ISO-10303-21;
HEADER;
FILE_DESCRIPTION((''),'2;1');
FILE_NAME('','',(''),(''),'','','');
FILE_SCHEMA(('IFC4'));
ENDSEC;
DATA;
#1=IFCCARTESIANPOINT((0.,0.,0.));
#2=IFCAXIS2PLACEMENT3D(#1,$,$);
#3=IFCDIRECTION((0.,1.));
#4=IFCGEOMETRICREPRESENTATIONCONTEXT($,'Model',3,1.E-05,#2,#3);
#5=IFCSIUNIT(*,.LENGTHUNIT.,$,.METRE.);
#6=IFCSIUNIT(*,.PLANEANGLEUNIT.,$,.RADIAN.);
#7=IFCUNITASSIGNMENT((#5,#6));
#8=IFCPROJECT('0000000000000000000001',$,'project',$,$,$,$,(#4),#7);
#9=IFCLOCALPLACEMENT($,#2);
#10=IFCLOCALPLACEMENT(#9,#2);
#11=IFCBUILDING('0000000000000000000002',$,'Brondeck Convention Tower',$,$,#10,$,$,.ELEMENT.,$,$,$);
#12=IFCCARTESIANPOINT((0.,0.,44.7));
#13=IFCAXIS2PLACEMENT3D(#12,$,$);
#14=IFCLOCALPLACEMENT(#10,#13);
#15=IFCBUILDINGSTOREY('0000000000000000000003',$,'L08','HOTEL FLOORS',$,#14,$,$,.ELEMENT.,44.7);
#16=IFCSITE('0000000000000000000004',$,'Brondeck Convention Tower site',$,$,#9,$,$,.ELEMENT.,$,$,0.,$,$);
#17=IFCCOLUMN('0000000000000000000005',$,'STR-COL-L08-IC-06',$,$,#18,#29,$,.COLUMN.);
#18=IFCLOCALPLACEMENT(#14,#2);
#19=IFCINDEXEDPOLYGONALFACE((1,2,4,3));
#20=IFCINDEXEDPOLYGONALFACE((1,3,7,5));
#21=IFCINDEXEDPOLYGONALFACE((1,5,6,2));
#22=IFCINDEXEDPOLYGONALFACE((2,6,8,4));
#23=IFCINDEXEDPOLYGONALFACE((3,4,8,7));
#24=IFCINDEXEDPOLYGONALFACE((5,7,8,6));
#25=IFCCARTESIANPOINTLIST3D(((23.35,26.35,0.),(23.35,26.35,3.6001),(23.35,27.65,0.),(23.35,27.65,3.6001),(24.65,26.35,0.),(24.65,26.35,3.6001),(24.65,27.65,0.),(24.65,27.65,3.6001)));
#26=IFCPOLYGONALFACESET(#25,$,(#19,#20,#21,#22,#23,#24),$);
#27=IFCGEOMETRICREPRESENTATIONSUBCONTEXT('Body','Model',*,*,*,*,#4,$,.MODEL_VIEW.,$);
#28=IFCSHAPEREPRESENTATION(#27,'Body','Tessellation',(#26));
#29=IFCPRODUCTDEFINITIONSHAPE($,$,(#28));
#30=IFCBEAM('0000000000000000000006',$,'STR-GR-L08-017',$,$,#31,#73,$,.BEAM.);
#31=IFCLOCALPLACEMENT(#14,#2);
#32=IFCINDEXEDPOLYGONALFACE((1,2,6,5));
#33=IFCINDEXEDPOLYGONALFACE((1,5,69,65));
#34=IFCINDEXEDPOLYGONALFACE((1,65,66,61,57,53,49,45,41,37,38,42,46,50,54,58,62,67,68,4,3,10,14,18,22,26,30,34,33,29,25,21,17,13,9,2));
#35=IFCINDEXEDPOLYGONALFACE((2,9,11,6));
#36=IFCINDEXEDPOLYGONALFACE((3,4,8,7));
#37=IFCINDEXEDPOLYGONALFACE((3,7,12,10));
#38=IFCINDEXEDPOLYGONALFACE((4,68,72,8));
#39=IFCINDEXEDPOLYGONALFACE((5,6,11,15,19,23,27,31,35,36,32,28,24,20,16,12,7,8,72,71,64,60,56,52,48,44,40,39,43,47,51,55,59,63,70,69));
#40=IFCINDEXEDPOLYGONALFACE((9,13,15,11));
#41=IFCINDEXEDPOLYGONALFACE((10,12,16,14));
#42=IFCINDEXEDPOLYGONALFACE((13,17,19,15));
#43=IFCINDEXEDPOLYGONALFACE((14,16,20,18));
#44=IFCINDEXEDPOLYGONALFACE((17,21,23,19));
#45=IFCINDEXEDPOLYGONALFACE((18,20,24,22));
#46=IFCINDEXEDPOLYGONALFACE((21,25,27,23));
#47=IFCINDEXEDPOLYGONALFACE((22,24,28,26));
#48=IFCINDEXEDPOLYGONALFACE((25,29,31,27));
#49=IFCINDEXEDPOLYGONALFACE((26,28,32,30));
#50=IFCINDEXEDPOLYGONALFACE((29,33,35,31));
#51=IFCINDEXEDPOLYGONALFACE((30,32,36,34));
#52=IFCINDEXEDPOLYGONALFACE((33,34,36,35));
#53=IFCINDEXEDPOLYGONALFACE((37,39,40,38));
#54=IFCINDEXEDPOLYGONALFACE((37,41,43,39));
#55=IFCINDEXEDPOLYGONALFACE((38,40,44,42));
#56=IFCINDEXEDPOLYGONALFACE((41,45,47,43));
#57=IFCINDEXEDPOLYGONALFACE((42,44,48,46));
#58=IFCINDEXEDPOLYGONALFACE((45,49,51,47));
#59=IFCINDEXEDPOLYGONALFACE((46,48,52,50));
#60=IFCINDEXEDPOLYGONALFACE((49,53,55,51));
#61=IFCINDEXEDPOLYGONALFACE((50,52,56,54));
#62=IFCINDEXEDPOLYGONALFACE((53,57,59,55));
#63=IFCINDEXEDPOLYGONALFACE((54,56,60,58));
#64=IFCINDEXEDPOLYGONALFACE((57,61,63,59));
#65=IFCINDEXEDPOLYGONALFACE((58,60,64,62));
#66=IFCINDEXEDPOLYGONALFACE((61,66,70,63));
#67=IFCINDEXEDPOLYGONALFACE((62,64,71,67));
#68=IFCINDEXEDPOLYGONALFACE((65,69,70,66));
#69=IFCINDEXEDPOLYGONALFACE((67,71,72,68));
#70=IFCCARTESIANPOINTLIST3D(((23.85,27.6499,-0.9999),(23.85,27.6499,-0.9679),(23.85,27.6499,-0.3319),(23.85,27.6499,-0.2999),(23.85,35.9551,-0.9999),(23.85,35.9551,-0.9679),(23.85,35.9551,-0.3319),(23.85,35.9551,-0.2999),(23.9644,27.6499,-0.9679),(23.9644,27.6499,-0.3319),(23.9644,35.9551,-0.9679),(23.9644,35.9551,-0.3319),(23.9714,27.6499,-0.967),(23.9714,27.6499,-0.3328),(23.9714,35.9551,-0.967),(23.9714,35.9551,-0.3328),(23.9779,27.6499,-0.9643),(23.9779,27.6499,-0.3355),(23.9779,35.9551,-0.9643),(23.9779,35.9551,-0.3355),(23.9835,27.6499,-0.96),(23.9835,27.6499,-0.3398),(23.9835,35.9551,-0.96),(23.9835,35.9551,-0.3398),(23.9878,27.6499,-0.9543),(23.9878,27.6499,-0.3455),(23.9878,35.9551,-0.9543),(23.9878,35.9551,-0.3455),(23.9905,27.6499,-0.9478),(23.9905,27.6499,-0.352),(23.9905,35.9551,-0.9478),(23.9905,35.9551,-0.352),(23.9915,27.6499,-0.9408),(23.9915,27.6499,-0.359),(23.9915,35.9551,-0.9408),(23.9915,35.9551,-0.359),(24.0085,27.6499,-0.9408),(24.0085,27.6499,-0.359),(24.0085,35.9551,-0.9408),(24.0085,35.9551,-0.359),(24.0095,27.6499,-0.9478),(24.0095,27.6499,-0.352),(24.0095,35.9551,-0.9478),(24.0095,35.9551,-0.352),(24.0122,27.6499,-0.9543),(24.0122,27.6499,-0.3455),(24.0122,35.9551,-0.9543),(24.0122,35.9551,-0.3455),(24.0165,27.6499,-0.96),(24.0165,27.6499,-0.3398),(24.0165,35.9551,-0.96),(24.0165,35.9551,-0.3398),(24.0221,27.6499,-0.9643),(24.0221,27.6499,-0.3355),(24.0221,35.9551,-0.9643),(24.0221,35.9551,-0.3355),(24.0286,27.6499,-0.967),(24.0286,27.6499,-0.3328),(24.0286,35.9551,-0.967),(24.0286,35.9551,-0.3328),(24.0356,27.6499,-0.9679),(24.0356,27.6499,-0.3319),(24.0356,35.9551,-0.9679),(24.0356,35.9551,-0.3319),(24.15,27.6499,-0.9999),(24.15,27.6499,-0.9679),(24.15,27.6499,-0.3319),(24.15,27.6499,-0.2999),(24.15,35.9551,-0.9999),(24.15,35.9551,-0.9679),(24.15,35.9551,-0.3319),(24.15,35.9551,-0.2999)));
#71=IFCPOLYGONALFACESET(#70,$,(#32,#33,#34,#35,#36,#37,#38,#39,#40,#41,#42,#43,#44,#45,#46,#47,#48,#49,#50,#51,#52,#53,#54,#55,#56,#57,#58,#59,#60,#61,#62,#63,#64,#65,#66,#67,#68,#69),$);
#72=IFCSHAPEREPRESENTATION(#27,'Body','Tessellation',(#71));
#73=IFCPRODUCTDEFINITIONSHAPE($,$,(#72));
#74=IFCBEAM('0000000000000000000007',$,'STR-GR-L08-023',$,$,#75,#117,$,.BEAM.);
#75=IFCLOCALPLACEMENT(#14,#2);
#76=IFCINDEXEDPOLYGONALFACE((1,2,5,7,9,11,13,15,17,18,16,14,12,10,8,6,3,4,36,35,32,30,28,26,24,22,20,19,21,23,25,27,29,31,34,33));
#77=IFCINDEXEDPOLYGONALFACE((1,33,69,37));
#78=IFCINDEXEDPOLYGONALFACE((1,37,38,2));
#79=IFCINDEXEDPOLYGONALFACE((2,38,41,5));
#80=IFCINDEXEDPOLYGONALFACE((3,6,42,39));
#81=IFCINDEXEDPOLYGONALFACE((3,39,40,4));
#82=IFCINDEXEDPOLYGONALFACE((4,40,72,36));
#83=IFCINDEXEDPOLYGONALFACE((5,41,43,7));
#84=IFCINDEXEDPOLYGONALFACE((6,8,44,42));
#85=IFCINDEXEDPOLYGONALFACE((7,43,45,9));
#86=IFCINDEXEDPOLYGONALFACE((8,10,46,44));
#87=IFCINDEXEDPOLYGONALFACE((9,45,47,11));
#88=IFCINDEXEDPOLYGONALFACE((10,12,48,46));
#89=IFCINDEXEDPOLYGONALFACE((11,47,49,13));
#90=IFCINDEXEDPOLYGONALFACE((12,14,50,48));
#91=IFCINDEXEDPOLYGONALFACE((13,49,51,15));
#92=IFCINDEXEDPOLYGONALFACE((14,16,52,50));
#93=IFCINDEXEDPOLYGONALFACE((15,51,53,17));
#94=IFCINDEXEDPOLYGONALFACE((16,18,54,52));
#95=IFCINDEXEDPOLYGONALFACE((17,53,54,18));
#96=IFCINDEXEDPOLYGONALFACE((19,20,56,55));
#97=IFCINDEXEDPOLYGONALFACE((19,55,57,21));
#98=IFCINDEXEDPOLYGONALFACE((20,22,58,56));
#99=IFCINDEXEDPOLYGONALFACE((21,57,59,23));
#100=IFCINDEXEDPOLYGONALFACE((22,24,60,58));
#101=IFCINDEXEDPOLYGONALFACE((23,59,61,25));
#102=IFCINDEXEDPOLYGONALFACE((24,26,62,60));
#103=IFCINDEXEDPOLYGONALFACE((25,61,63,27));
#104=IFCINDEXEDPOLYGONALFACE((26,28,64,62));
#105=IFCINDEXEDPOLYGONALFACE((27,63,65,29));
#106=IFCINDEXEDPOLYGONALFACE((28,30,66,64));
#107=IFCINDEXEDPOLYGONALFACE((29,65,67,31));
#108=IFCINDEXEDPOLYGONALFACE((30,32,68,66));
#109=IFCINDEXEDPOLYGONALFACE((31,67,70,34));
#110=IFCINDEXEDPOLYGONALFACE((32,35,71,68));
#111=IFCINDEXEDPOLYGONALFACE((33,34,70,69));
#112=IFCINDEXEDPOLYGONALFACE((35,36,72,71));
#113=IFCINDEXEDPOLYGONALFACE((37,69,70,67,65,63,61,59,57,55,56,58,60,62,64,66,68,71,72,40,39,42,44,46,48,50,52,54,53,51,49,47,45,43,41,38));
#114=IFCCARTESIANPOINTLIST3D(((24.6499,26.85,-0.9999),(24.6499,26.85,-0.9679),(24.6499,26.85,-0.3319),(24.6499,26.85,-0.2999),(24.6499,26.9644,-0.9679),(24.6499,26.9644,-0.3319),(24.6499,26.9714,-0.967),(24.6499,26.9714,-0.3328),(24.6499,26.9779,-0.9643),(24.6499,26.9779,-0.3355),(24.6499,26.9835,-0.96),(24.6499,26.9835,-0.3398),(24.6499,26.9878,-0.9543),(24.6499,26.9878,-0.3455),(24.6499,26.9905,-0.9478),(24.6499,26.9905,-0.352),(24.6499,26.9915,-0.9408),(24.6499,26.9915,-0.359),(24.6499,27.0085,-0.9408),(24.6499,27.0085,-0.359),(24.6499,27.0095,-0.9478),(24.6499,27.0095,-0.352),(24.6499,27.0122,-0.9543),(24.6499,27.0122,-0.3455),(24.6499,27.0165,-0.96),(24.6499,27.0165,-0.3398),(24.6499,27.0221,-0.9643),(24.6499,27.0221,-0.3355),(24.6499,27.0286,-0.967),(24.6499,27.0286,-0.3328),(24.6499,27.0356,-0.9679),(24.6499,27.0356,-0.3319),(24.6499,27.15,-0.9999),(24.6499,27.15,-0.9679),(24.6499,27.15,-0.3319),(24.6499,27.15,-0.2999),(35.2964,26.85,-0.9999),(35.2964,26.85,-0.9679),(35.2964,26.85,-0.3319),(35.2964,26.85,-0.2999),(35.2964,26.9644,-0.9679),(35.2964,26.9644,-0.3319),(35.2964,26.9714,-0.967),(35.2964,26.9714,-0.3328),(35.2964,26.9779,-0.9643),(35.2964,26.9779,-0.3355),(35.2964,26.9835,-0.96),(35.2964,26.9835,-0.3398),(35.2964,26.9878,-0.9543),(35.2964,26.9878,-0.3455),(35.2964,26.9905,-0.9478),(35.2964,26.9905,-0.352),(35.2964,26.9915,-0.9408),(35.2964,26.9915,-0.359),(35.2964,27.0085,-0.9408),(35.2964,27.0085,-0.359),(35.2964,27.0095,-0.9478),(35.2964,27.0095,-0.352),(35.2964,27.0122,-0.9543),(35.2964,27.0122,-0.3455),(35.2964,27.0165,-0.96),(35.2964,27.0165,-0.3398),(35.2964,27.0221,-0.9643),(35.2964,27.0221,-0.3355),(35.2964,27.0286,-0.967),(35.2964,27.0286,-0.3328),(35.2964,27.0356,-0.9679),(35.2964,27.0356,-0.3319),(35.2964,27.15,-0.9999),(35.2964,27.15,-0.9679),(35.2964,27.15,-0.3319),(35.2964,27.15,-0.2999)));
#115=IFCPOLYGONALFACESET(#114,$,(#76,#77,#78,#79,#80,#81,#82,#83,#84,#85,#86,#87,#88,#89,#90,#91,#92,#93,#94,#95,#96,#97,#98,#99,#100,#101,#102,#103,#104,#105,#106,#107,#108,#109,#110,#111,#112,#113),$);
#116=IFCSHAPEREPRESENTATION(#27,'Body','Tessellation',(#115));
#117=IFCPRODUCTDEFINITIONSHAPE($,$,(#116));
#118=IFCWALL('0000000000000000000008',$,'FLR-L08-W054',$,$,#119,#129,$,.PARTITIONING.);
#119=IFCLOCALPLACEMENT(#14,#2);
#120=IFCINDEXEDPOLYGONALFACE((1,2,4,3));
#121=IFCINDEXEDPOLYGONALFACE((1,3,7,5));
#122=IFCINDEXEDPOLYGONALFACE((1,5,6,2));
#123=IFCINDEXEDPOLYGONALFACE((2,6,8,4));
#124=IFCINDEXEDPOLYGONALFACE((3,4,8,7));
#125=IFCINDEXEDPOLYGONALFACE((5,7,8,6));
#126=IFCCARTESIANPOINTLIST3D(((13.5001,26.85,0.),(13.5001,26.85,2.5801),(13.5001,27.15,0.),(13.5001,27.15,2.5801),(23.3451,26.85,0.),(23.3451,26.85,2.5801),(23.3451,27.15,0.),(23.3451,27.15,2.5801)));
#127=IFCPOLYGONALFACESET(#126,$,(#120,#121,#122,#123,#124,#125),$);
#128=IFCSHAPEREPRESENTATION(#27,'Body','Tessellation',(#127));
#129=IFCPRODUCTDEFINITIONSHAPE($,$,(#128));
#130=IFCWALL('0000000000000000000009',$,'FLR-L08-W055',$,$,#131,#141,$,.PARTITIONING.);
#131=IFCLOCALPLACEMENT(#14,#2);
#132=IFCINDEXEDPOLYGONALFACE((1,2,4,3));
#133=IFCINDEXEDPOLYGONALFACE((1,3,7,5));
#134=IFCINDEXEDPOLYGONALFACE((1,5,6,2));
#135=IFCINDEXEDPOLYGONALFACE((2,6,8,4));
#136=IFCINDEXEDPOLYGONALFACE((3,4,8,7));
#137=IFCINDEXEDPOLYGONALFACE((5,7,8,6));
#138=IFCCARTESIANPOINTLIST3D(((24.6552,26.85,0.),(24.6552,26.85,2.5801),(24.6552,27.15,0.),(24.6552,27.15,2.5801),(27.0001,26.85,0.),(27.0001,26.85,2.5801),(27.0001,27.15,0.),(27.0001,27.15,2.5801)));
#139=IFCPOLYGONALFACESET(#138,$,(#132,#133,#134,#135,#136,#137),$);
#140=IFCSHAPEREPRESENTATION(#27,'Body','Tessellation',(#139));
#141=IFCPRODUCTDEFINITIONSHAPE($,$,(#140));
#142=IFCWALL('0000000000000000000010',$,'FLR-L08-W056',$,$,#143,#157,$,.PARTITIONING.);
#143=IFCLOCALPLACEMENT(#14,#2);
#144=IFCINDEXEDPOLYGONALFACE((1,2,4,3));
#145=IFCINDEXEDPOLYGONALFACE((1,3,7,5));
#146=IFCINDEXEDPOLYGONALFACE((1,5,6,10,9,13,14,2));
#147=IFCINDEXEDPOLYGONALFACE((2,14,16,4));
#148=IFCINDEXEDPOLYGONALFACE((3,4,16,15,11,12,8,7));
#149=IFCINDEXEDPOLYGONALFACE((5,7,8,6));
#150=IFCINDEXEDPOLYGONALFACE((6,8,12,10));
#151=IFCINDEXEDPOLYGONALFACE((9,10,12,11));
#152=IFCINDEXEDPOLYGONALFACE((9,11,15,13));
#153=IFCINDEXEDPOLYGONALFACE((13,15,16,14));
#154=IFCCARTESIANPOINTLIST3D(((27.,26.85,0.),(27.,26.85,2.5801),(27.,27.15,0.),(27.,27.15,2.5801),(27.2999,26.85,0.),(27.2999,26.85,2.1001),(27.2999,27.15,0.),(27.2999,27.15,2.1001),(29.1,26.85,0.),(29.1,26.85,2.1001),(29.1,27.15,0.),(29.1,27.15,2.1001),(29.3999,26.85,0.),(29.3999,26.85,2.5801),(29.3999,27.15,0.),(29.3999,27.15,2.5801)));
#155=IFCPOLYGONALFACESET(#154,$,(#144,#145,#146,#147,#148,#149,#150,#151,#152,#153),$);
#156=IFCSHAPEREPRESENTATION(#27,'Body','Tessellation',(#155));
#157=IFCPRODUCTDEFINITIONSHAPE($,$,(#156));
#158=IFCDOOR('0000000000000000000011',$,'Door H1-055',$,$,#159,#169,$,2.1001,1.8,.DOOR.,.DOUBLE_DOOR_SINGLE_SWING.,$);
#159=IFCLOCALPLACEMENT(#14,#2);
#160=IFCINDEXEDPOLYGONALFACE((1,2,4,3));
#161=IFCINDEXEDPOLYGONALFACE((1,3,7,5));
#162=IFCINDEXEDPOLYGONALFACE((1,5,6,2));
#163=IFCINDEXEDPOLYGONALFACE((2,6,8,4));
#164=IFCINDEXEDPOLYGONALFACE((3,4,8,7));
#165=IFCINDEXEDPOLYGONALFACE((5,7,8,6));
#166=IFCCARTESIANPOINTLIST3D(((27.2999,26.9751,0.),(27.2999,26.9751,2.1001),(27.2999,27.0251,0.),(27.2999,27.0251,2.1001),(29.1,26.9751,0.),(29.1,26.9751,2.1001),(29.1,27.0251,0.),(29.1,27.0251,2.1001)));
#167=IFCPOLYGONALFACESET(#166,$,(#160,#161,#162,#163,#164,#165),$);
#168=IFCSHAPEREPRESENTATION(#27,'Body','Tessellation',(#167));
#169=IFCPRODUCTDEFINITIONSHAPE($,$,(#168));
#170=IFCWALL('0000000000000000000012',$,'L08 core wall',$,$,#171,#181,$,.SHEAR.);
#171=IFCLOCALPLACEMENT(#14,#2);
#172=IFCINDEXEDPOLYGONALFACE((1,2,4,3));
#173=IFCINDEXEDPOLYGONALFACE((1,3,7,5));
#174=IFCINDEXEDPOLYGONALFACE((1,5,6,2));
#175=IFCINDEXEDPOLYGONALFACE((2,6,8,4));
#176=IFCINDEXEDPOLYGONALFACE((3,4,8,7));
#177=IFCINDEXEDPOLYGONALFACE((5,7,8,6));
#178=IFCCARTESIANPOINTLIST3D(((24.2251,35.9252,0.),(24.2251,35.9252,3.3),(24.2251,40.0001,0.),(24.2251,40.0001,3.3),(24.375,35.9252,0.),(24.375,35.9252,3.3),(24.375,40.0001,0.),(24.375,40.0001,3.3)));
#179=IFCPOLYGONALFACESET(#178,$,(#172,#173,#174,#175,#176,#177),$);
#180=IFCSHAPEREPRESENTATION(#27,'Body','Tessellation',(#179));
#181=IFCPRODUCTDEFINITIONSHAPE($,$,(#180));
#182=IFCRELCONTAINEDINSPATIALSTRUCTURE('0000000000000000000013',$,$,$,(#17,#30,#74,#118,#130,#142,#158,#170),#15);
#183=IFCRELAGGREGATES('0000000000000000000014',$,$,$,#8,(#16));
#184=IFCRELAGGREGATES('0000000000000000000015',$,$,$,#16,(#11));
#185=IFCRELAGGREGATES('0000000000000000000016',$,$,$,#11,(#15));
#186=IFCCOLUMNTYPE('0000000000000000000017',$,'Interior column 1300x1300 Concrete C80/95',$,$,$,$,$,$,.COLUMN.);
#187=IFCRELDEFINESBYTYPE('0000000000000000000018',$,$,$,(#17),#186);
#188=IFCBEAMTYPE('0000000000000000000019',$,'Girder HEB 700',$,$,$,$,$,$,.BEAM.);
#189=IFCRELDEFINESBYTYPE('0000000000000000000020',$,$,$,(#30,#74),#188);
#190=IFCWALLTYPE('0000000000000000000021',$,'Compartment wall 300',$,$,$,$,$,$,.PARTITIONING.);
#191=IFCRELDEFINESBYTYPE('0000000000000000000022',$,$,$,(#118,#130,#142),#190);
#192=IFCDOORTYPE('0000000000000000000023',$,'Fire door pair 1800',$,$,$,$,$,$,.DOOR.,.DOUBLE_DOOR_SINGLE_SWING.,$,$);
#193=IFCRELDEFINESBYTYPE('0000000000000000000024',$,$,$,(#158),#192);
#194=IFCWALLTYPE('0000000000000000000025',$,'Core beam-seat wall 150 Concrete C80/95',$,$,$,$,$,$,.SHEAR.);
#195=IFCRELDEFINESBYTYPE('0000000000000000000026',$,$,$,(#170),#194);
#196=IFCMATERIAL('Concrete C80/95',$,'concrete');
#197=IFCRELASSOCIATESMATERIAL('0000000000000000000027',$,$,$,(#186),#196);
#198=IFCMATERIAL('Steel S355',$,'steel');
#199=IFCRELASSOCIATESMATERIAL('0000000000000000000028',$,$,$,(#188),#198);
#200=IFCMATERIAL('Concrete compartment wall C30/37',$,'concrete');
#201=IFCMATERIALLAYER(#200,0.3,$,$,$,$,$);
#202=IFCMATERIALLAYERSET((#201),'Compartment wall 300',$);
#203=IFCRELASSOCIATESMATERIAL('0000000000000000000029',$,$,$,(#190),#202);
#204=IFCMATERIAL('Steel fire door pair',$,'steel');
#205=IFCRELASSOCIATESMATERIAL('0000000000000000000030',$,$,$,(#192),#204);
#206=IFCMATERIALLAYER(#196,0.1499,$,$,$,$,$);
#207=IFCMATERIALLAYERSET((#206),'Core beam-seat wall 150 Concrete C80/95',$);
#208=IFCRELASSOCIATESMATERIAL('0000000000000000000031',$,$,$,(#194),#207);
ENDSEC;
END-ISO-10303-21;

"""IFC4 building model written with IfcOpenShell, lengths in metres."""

from ifc_helpers import new_model, si_unit, direction, frame, frame_2d, origin, origin_2d, place, context, subcontext, project, spatial, rectangle, i_section, extrude, material, layer, layer_set, material_profile, profile_set, type_object, element, fill, save


model = new_model("IFC4")

# Units and contexts
model_context = context("Model", 3, precision=1e-05, world=origin(), true_north=direction((0.0, 1.0)))
body_context = subcontext(model_context, "Body", "Model", "MODEL_VIEW")
ifc_project = project(units=[si_unit("LENGTHUNIT", "METRE"), si_unit("PLANEANGLEUNIT", "RADIAN")], contexts=[model_context])

# Site, building, storey
site_placement = place(None, origin())
site = spatial("IfcSite", under=ifc_project, at=site_placement, Name="Brondeck Convention Tower site", CompositionType="ELEMENT", RefElevation=0.0)
building_placement = place(site_placement, origin())
building = spatial("IfcBuilding", under=site, at=building_placement, Name="Brondeck Convention Tower", CompositionType="ELEMENT")
storey_placement = place(building_placement, frame((0.0, 0.0, 44.7)))
storey = spatial("IfcBuildingStorey", under=building, at=storey_placement, Name="L08", Description="HOTEL FLOORS", CompositionType="ELEMENT", Elevation=44.7)

# Column
ifc_material_1 = material(Name="Concrete C80/95", Category="concrete")
ifc_material_profile_1 = material_profile(ifc_material_1, rectangle(XDim=1.3, YDim=1.3, at=origin_2d()), Name="Interior column 1300x1300 Concrete C80/95")
ifc_profile_set_1 = profile_set([ifc_material_profile_1], Name="Concrete C80/95")
column_type = type_object("IfcColumnType", Name="Interior column 1300x1300 Concrete C80/95", PredefinedType="COLUMN", material=ifc_profile_set_1)
column_placement = place(storey_placement, frame((24.0, 27.0, 0.0), z_axis=(0.0, 0.0, 1.0), x_axis=(1.0, 0.0, 0.0)))
element("IfcColumn", 1, at=column_placement, inside=storey, type_object=column_type, Name="STR-COL-L08-IC-06", PredefinedType="COLUMN", context=body_context, shape_type="SweptSolid", body=[
    extrude(rectangle(XDim=1.3, YDim=1.3, at=origin_2d()), origin(), (0.0, 0.0, 1.0), 3.6001),
])

# Beams
ifc_material_2 = material(Name="Steel S355", Category="steel")
ifc_material_profile_2 = material_profile(ifc_material_2, i_section(OverallWidth=0.3, OverallDepth=0.7, WebThickness=0.0171, FlangeThickness=0.032, FilletRadius=0.0271, at=origin_2d()), Name="HEB 700")
ifc_profile_set_2 = profile_set([ifc_material_profile_2], Name="Steel S355")
beam_type = type_object("IfcBeamType", Name="Girder HEB 700", PredefinedType="BEAM", material=ifc_profile_set_2)
beam_1_placement = place(storey_placement, frame((24.0, 35.9551, -0.6499), z_axis=(0.0, -1.0, 0.0), x_axis=(1.0, 0.0, 0.0)))
element("IfcBeam", 2, at=beam_1_placement, inside=storey, type_object=beam_type, Name="STR-GR-L08-017", PredefinedType="BEAM", context=body_context, shape_type="SweptSolid", body=[
    extrude(i_section(OverallWidth=0.3, OverallDepth=0.7, WebThickness=0.0171, FlangeThickness=0.032, FilletRadius=0.0271, at=origin_2d()), origin(), (0.0, 0.0, 1.0), 8.3052),
])
beam_2_placement = place(storey_placement, frame((24.6499, 27.0, -0.6499), z_axis=(1.0, 0.0, 0.0), x_axis=(0.0, 1.0, 0.0)))
element("IfcBeam", 3, at=beam_2_placement, inside=storey, type_object=beam_type, Name="STR-GR-L08-023", PredefinedType="BEAM", context=body_context, shape_type="SweptSolid", body=[
    extrude(i_section(OverallWidth=0.3, OverallDepth=0.7, WebThickness=0.0171, FlangeThickness=0.032, FilletRadius=0.0271, at=origin_2d()), origin(), (0.0, 0.0, 1.0), 10.6465),
])

# Walls
ifc_material_3 = material(Name="Concrete compartment wall C30/37", Category="concrete")
ifc_layer_1 = layer(ifc_material_3, 0.3)
ifc_layer_set_1 = layer_set([ifc_layer_1], Name="Compartment wall 300")
wall_type_1 = type_object("IfcWallType", Name="Compartment wall 300", PredefinedType="PARTITIONING", material=ifc_layer_set_1)
wall_1_placement = place(storey_placement, frame((23.345, 27.0, 0.0), z_axis=(0.0, 0.0, 1.0), x_axis=(-1.0, 0.0, 0.0)))
element("IfcWall", 4, at=wall_1_placement, inside=storey, type_object=wall_type_1, Name="FLR-L08-W054", PredefinedType="PARTITIONING", context=body_context, shape_type="SweptSolid", body=[
    extrude(rectangle(XDim=9.845, YDim=0.3, at=frame_2d((4.9224, 0.0))), origin(), (0.0, 0.0, 1.0), 2.5801),
])
wall_2_placement = place(storey_placement, frame((27.0, 27.0, 0.0), z_axis=(0.0, 0.0, 1.0), x_axis=(-1.0, 0.0, 0.0)))
element("IfcWall", 5, at=wall_2_placement, inside=storey, type_object=wall_type_1, Name="FLR-L08-W055", PredefinedType="PARTITIONING", context=body_context, shape_type="SweptSolid", body=[
    extrude(rectangle(XDim=2.345, YDim=0.3, at=frame_2d((1.1724, 0.0))), origin(), (0.0, 0.0, 1.0), 2.5801),
])

# Wall, opening, door
wall_3_placement = place(storey_placement, frame((29.3999, 27.0, 0.0), z_axis=(0.0, 0.0, 1.0), x_axis=(-1.0, 0.0, 0.0)))
wall_3 = element("IfcWall", 6, at=wall_3_placement, inside=storey, type_object=wall_type_1, Name="FLR-L08-W056", PredefinedType="PARTITIONING", context=body_context, shape_type="SweptSolid", body=[
    extrude(rectangle(XDim=2.3999, YDim=0.3, at=frame_2d((1.2, 0.0))), origin(), (0.0, 0.0, 1.0), 2.5801),
])
opening_1_placement = place(wall_3_placement, frame((0.3, 0.0, 0.0)))
opening_1 = element("IfcOpeningElement", 7, at=opening_1_placement, cuts=wall_3, PredefinedType="OPENING", context=body_context, shape_type="SweptSolid", body=[
    extrude(rectangle(XDim=1.8, YDim=2.1001, at=frame_2d((0.8999, 1.05))), frame((0.0, 0.1599, 0.0), z_axis=(0.0, -1.0, 0.0), x_axis=(1.0, 0.0, 0.0)), (0.0, 0.0, 1.0), 0.3201),
])
ifc_material_4 = material(Name="Steel fire door pair", Category="steel")
door_type_1 = type_object("IfcDoorType", Name="Fire door pair 1800", OperationType="DOUBLE_DOOR_SINGLE_SWING", PredefinedType="DOOR", material=ifc_material_4)
door_1_placement = place(opening_1_placement, origin())
door_1 = element("IfcDoor", 8, at=door_1_placement, inside=storey, type_object=door_type_1, Name="Door H1-055", OperationType="DOUBLE_DOOR_SINGLE_SWING", OverallHeight=2.1001, OverallWidth=1.8, PredefinedType="DOOR", context=body_context, shape_type="SweptSolid", body=[
    extrude(rectangle(XDim=1.8, YDim=2.1001, at=frame_2d((0.8999, 1.05))), frame((0.0, 0.0249, 0.0), z_axis=(0.0, -1.0, 0.0), x_axis=(1.0, 0.0, 0.0)), (0.0, 0.0, 1.0), 0.05),
])
fill(opening_1, door_1)

# Wall
ifc_layer_2 = layer(ifc_material_1, 0.1499)
ifc_layer_set_2 = layer_set([ifc_layer_2], Name="Core beam-seat wall 150 Concrete C80/95")
wall_type_2 = type_object("IfcWallType", Name="Core beam-seat wall 150 Concrete C80/95", PredefinedType="SHEAR", material=ifc_layer_set_2)
wall_4_placement = place(storey_placement, frame((24.3, 35.925, 0.0), z_axis=(0.0, 0.0, 1.0), x_axis=(0.0, 1.0, 0.0)))
element("IfcWall", 9, at=wall_4_placement, inside=storey, type_object=wall_type_2, Name="L08 core wall", PredefinedType="SHEAR", context=body_context, shape_type="SweptSolid", body=[
    extrude(rectangle(XDim=4.075, YDim=0.1499, at=frame_2d((2.0376, 0.0))), origin(), (0.0, 0.0, 1.0), 3.3),
])

save(model, "model.ifc")
